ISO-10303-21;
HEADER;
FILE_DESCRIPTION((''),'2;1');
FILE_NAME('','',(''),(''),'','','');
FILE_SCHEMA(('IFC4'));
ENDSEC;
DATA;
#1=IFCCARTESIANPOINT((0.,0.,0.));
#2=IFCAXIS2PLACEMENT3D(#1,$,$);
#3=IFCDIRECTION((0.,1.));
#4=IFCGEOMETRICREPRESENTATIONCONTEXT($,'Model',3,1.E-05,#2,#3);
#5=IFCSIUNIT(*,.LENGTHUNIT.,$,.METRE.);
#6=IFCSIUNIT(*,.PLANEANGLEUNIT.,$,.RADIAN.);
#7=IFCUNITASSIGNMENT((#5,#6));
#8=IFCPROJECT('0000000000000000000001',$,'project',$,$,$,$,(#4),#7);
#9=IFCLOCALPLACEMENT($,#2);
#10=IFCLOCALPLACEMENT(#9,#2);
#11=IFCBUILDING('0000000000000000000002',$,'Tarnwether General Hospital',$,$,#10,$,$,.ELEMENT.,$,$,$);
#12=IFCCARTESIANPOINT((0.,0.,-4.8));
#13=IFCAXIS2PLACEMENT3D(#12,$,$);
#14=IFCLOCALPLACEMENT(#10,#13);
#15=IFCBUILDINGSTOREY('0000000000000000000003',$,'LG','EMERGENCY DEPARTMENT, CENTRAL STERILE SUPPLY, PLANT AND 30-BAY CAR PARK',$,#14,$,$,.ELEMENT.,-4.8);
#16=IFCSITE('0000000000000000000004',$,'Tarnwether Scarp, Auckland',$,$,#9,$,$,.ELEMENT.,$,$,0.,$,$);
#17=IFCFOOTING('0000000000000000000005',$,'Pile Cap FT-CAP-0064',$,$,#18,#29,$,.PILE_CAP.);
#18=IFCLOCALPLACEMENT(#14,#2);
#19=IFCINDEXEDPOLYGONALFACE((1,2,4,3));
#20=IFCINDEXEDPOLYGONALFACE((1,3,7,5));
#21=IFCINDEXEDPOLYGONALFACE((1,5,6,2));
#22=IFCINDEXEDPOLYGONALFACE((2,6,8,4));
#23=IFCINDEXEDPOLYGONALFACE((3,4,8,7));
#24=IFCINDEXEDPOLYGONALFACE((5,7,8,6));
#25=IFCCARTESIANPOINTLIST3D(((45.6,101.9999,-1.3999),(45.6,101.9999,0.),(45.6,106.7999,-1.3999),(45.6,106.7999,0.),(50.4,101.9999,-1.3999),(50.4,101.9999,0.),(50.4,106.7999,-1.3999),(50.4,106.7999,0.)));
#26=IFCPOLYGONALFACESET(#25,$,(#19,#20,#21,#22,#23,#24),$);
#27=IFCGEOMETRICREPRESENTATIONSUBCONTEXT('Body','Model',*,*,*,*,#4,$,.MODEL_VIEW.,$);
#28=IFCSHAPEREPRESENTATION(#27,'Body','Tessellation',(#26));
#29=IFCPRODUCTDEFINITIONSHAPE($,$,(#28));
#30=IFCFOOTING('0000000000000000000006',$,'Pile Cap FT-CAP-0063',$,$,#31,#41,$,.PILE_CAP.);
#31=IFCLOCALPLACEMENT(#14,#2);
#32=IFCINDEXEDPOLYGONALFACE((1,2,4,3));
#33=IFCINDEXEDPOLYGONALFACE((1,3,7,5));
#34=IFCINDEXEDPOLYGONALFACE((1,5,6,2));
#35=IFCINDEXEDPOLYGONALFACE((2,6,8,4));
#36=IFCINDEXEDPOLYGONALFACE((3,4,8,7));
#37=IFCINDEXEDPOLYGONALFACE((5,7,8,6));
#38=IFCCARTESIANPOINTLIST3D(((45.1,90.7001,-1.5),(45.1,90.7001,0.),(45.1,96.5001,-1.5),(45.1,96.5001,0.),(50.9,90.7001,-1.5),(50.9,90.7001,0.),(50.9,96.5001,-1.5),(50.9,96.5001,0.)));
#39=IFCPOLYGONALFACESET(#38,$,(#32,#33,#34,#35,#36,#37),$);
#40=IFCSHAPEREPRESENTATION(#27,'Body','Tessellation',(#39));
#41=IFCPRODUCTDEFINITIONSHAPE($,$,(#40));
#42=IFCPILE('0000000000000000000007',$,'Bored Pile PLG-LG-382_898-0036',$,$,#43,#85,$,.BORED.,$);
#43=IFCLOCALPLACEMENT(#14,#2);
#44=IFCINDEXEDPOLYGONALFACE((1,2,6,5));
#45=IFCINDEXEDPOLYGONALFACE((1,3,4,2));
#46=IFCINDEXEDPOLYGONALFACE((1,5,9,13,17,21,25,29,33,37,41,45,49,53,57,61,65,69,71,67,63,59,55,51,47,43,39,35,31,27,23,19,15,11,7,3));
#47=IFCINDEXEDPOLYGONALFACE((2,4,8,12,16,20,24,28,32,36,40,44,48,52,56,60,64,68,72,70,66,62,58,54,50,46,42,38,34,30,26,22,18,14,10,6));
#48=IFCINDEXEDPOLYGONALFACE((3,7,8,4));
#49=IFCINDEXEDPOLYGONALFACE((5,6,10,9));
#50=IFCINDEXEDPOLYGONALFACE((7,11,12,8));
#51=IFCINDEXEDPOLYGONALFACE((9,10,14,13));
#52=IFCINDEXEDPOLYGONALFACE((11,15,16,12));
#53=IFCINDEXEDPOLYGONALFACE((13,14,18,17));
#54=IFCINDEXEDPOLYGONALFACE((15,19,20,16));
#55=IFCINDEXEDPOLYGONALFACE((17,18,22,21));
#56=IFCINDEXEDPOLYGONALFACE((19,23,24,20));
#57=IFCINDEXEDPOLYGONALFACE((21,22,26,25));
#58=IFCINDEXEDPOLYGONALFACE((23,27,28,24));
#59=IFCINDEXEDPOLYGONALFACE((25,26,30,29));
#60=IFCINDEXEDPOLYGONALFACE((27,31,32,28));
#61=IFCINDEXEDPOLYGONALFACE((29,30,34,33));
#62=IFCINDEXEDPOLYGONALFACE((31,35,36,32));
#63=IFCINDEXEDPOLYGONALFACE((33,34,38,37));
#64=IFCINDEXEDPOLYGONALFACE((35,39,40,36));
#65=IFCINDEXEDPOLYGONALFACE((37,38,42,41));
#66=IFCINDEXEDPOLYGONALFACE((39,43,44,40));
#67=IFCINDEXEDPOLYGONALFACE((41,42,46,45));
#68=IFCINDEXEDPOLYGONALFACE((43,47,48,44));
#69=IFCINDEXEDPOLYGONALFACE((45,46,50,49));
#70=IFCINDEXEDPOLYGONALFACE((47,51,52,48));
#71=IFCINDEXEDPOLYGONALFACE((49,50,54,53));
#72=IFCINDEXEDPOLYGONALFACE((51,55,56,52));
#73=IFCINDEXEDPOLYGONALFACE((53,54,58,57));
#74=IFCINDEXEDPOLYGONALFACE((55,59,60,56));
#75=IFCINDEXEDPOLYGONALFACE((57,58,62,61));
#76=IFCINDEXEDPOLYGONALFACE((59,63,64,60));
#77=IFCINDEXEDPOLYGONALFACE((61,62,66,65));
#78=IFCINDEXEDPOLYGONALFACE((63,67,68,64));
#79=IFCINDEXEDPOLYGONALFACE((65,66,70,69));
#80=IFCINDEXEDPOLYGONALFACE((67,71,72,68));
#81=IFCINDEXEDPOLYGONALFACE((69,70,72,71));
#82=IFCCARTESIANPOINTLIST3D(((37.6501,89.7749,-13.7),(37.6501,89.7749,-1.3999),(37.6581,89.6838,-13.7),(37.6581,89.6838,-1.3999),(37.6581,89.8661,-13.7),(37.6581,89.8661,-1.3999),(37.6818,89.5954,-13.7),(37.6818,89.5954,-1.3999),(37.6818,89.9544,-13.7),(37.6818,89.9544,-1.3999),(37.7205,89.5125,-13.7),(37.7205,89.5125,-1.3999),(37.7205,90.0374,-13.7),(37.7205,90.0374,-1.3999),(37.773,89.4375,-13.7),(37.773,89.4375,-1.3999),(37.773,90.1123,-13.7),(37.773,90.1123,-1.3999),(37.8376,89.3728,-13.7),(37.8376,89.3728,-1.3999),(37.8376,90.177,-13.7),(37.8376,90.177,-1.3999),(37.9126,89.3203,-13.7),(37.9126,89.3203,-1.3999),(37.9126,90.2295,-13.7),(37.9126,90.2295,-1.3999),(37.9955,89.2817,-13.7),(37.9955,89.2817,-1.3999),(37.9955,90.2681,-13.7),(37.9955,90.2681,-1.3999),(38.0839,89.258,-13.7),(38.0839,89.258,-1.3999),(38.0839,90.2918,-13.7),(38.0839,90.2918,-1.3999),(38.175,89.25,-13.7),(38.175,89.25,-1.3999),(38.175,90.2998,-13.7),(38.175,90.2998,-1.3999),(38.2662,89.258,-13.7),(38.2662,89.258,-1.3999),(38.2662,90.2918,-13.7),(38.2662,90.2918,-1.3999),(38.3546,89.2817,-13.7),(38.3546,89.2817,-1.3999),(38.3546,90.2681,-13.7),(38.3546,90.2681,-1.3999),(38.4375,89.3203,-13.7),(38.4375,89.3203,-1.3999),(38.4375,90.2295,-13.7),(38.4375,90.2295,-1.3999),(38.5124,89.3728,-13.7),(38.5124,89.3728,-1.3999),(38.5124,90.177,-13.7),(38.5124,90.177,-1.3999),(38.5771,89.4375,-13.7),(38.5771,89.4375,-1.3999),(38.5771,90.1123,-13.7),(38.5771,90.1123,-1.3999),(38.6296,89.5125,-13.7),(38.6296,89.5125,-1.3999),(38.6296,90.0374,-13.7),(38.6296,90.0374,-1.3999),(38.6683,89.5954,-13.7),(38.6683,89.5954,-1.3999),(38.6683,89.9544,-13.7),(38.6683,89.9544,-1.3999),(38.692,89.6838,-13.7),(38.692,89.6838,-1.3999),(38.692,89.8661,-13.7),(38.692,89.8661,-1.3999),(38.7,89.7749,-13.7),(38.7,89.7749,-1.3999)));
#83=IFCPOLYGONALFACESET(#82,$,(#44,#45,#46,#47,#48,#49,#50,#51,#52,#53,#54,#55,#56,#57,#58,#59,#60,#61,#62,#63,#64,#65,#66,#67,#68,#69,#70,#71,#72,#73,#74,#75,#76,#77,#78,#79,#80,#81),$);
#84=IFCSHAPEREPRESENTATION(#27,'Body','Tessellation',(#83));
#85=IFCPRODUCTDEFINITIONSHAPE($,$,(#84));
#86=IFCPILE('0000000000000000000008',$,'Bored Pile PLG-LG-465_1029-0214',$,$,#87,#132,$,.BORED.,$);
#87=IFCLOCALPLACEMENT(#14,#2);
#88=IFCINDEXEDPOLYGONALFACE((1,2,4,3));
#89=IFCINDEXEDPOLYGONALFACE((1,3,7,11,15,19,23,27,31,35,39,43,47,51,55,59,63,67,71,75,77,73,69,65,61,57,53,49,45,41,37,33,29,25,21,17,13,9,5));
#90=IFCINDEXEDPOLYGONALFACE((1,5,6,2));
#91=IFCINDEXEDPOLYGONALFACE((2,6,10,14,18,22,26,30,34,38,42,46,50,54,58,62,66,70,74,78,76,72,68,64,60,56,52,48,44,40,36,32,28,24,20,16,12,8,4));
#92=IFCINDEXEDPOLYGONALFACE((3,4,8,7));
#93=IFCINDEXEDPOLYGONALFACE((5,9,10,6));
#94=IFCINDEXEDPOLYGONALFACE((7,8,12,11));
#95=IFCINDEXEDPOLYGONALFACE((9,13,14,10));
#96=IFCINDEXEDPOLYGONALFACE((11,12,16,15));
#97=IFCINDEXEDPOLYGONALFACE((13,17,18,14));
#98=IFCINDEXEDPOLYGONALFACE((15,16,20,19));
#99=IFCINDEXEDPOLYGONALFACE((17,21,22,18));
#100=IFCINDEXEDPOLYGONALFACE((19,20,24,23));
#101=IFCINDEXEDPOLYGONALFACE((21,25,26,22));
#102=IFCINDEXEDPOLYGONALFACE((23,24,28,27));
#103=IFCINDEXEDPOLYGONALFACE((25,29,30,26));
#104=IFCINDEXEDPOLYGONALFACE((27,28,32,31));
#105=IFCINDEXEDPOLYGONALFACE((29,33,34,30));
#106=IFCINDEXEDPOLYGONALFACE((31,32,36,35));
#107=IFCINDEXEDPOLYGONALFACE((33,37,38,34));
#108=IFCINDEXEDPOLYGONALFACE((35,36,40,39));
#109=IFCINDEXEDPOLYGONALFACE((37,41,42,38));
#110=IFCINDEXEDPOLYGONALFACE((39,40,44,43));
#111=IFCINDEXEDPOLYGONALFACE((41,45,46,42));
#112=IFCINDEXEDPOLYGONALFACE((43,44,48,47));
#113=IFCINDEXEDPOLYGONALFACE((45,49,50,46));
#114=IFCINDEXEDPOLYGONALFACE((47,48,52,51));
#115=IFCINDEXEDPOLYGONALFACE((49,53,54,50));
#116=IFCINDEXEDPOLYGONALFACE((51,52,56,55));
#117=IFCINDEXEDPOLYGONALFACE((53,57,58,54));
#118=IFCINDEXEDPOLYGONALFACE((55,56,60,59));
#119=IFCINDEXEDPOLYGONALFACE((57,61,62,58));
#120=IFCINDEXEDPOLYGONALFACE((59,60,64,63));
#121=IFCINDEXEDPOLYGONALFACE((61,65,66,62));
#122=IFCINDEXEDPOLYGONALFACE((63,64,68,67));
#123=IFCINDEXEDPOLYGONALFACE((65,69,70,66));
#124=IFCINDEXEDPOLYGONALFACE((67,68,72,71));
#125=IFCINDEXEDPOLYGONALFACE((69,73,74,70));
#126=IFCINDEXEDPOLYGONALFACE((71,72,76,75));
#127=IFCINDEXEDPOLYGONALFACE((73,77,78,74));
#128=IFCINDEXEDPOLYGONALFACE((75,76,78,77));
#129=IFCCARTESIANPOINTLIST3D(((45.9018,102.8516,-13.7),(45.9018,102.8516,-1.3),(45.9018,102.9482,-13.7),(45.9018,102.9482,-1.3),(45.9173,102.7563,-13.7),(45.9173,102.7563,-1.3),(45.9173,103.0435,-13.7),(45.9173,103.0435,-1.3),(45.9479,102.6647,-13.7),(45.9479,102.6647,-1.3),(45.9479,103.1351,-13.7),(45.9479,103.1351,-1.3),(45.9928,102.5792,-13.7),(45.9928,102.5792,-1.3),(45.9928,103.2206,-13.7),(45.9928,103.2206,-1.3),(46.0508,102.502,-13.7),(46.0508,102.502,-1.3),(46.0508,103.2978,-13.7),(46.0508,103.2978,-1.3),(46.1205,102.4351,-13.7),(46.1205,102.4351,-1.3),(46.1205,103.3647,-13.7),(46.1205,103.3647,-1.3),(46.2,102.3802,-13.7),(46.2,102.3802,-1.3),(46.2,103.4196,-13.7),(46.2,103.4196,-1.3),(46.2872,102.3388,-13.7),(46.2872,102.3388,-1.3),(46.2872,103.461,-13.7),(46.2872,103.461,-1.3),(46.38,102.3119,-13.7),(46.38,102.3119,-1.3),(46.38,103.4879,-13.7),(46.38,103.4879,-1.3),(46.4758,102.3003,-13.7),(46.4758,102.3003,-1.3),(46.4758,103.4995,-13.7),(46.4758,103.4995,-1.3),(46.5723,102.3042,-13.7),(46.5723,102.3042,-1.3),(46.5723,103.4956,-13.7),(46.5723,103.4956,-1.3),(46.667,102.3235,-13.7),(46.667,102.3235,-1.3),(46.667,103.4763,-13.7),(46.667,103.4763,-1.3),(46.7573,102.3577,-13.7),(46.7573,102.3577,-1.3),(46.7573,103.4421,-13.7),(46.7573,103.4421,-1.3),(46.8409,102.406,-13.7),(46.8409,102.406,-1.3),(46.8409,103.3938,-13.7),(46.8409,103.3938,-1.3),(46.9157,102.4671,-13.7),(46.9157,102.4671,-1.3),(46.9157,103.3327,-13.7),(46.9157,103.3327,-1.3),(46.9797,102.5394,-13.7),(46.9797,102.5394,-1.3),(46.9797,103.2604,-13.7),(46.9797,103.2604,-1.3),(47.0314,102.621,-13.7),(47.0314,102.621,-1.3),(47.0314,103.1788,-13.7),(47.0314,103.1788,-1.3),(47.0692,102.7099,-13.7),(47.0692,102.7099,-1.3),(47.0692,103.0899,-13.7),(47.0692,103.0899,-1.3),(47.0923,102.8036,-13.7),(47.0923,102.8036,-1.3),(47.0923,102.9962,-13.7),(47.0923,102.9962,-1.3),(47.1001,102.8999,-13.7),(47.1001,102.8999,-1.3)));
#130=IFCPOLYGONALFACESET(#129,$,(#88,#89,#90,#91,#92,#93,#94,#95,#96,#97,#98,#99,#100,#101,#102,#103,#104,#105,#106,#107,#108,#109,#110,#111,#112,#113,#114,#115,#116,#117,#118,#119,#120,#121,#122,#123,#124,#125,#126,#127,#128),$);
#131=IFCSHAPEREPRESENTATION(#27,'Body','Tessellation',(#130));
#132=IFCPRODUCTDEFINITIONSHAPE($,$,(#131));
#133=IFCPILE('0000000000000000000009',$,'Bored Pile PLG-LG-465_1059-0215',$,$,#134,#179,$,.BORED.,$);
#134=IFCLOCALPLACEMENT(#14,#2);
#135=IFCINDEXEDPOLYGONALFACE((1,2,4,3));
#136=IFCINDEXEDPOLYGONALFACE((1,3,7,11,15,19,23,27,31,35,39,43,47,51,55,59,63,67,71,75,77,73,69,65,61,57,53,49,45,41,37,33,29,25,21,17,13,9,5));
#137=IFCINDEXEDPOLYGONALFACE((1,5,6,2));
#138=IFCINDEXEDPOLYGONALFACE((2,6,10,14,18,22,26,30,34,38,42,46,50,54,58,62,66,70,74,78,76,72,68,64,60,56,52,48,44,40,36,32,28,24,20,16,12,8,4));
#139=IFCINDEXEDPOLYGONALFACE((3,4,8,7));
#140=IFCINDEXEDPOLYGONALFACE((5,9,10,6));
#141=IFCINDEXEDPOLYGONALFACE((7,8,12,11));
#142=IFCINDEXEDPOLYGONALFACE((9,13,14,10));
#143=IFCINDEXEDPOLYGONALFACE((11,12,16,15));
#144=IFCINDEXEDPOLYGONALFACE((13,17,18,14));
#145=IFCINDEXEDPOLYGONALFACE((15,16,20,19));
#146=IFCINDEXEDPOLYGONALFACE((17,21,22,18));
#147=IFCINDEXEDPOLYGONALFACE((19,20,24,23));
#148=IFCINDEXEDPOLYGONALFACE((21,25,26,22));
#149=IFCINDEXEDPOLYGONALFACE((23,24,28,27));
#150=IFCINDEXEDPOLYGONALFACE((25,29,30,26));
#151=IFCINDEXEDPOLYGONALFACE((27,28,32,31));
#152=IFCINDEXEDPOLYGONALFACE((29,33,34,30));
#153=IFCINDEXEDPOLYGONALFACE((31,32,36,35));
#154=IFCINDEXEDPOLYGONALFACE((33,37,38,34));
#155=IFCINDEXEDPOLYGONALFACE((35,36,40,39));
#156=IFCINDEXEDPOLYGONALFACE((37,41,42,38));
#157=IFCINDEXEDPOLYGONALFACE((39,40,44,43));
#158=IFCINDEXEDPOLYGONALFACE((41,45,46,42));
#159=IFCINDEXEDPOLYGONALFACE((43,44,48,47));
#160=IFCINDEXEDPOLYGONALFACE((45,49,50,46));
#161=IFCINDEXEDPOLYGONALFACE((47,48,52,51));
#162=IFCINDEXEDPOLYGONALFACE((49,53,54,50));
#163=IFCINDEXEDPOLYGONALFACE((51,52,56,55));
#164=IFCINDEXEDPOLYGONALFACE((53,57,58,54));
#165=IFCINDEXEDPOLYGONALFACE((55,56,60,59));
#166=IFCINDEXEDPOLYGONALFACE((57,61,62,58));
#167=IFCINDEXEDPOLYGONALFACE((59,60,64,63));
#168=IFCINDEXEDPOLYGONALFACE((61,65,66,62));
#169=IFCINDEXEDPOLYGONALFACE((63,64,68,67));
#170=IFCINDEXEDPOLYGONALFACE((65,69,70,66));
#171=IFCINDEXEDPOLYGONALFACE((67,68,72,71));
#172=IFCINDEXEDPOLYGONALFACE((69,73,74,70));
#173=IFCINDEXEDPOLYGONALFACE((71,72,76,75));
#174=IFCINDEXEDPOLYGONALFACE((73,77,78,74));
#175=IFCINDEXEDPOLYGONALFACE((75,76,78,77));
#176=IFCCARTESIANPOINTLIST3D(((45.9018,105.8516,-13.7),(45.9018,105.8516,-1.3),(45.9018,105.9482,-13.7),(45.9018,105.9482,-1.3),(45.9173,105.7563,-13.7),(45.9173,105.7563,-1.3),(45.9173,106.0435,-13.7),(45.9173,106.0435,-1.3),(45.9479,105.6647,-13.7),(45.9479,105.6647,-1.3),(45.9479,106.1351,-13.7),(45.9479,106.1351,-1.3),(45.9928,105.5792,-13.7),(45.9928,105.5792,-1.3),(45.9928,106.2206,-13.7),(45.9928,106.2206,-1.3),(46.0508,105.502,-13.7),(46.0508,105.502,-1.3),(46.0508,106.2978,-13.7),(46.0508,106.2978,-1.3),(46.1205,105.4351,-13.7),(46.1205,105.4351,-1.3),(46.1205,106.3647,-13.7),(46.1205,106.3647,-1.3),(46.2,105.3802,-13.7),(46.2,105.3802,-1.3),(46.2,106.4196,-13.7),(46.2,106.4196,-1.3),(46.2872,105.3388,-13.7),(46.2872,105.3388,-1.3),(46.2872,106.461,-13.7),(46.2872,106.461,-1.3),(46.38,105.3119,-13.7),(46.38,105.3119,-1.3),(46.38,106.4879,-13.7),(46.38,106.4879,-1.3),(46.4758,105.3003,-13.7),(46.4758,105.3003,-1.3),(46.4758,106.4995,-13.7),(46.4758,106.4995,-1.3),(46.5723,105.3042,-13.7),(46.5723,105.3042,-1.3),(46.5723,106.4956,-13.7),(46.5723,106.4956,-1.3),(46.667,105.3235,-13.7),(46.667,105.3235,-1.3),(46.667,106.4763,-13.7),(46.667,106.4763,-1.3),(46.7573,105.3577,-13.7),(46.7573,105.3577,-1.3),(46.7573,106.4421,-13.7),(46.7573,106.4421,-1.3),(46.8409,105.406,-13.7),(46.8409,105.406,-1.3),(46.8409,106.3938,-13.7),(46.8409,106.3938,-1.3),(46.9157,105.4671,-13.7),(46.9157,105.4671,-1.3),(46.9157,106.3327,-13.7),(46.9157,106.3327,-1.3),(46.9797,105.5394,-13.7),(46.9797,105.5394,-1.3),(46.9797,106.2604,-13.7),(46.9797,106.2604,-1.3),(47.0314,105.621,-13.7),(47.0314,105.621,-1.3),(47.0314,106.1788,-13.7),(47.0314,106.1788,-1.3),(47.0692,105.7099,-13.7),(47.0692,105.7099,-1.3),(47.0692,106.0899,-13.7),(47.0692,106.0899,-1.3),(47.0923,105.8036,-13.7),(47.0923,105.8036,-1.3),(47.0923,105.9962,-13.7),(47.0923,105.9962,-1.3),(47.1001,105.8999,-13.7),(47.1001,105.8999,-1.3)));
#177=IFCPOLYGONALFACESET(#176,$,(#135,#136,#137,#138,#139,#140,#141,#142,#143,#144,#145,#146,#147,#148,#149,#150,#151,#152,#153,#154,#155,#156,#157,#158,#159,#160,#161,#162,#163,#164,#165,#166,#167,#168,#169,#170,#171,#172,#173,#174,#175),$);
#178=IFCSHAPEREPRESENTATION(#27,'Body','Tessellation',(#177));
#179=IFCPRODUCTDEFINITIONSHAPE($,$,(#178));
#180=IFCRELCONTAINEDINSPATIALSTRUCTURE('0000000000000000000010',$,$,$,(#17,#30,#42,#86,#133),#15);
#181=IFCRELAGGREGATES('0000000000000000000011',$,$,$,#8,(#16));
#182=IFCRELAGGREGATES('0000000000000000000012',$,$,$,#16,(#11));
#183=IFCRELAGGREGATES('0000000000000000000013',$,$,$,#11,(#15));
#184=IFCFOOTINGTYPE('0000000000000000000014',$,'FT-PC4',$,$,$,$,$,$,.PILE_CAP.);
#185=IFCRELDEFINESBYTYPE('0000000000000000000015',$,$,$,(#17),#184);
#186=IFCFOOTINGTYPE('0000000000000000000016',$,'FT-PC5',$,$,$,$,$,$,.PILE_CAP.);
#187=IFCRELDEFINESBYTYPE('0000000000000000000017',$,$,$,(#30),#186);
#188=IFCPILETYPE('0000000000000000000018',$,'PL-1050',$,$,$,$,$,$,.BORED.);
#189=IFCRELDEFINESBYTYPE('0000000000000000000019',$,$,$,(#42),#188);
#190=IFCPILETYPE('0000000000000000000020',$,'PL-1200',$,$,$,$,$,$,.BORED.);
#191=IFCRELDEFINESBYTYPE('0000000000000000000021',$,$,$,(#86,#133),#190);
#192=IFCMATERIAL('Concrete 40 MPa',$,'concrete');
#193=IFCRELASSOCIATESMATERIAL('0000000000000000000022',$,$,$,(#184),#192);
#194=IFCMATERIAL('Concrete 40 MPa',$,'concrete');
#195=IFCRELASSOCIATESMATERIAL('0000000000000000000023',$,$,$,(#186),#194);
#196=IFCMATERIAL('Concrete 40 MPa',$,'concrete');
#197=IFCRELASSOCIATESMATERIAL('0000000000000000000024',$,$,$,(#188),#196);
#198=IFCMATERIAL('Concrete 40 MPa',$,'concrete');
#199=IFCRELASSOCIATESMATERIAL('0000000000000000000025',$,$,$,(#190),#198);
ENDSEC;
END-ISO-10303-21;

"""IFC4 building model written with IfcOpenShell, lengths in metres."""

from ifc_helpers import new_model, si_unit, direction, frame, origin, origin_2d, place, context, subcontext, project, spatial, rectangle, circle, extrude, material, material_profile, profile_set, type_object, element, save


model = new_model("IFC4")

# Units and contexts
model_context = context("Model", 3, precision=1e-05, world=origin(), true_north=direction((0.0, 1.0)))
body_context = subcontext(model_context, "Body", "Model", "MODEL_VIEW")
ifc_project = project(units=[si_unit("LENGTHUNIT", "METRE"), si_unit("PLANEANGLEUNIT", "RADIAN")], contexts=[model_context])

# Site, building, storey
site_placement = place(None, origin())
site = spatial("IfcSite", under=ifc_project, at=site_placement, Name="Tarnwether Scarp, Auckland", CompositionType="ELEMENT", RefElevation=0.0)
building_placement = place(site_placement, origin())
building = spatial("IfcBuilding", under=site, at=building_placement, Name="Tarnwether General Hospital", CompositionType="ELEMENT")
storey_placement = place(building_placement, frame((0.0, 0.0, -4.8)))
storey = spatial("IfcBuildingStorey", under=building, at=storey_placement, Name="LG", Description="EMERGENCY DEPARTMENT, CENTRAL STERILE SUPPLY, PLANT AND 30-BAY CAR PARK", CompositionType="ELEMENT", Elevation=-4.8)

# Footings
ifc_material_1 = material(Name="Concrete 40 MPa", Category="concrete")
footing_type_1 = type_object("IfcFootingType", Name="FT-PC4", PredefinedType="PILE_CAP", material=ifc_material_1)
footing_1_placement = place(storey_placement, frame((48.0, 104.3999, -1.3999), z_axis=(0.0, 0.0, 1.0), x_axis=(1.0, 0.0, 0.0)))
element("IfcFooting", 1, at=footing_1_placement, inside=storey, type_object=footing_type_1, Name="Pile Cap FT-CAP-0064", PredefinedType="PILE_CAP", context=body_context, shape_type="SweptSolid", body=[
    extrude(rectangle(XDim=4.8, YDim=4.8, at=origin_2d()), origin(), (0.0, 0.0, 1.0), 1.3999),
])
ifc_material_2 = material(Name="Concrete 40 MPa", Category="concrete")
footing_type_2 = type_object("IfcFootingType", Name="FT-PC5", PredefinedType="PILE_CAP", material=ifc_material_2)
footing_2_placement = place(storey_placement, frame((48.0, 93.6001, -1.5), z_axis=(0.0, 0.0, 1.0), x_axis=(1.0, 0.0, 0.0)))
element("IfcFooting", 2, at=footing_2_placement, inside=storey, type_object=footing_type_2, Name="Pile Cap FT-CAP-0063", PredefinedType="PILE_CAP", context=body_context, shape_type="SweptSolid", body=[
    extrude(rectangle(XDim=5.8, YDim=5.8, at=origin_2d()), origin(), (0.0, 0.0, 1.0), 1.5),
])

# Piles
ifc_material_3 = material(Name="Concrete 40 MPa", Category="concrete")
ifc_material_profile_1 = material_profile(ifc_material_3, circle(Radius=0.5249, at=origin_2d()), Name="PILE-D1050")
ifc_profile_set_1 = profile_set([ifc_material_profile_1], Name="Concrete 40 MPa")
pile_type_1 = type_object("IfcPileType", Name="PL-1050", PredefinedType="BORED", material=ifc_profile_set_1)
pile_placement = place(storey_placement, frame((38.175, 89.7749, -1.3999), z_axis=(0.0, 0.0, -1.0), x_axis=(1.0, 0.0, 0.0)))
element("IfcPile", 3, at=pile_placement, inside=storey, type_object=pile_type_1, Name="Bored Pile PLG-LG-382_898-0036", PredefinedType="BORED", context=body_context, shape_type="SweptSolid", body=[
    extrude(circle(Radius=0.5249, at=origin_2d()), origin(), (0.0, 0.0, 1.0), 12.3),
])
ifc_material_4 = material(Name="Concrete 40 MPa", Category="concrete")
ifc_material_profile_2 = material_profile(ifc_material_4, circle(Radius=0.6001, at=origin_2d()), Name="PILE-D1200")
ifc_profile_set_2 = profile_set([ifc_material_profile_2], Name="Concrete 40 MPa")
pile_type_2 = type_object("IfcPileType", Name="PL-1200", PredefinedType="BORED", material=ifc_profile_set_2)
for number, where, z_axis, x_axis, name in (
    (4, (46.5, 102.8999, -1.3), (0.0, 0.0, -1.0), (1.0, 0.0, 0.0), "Bored Pile PLG-LG-465_1029-0214"),
    (5, (46.5, 105.8999, -1.3), (0.0, 0.0, -1.0), (1.0, 0.0, 0.0), "Bored Pile PLG-LG-465_1059-0215"),
):
    element("IfcPile", number, at=place(storey_placement, frame(where, z_axis=z_axis, x_axis=x_axis)), inside=storey, type_object=pile_type_2, Name=name, PredefinedType="BORED", context=body_context, shape_type="SweptSolid", body=[
        extrude(circle(Radius=0.6001, at=origin_2d()), origin(), (0.0, 0.0, 1.0), 12.3999),
    ])

save(model, "model.ifc")
